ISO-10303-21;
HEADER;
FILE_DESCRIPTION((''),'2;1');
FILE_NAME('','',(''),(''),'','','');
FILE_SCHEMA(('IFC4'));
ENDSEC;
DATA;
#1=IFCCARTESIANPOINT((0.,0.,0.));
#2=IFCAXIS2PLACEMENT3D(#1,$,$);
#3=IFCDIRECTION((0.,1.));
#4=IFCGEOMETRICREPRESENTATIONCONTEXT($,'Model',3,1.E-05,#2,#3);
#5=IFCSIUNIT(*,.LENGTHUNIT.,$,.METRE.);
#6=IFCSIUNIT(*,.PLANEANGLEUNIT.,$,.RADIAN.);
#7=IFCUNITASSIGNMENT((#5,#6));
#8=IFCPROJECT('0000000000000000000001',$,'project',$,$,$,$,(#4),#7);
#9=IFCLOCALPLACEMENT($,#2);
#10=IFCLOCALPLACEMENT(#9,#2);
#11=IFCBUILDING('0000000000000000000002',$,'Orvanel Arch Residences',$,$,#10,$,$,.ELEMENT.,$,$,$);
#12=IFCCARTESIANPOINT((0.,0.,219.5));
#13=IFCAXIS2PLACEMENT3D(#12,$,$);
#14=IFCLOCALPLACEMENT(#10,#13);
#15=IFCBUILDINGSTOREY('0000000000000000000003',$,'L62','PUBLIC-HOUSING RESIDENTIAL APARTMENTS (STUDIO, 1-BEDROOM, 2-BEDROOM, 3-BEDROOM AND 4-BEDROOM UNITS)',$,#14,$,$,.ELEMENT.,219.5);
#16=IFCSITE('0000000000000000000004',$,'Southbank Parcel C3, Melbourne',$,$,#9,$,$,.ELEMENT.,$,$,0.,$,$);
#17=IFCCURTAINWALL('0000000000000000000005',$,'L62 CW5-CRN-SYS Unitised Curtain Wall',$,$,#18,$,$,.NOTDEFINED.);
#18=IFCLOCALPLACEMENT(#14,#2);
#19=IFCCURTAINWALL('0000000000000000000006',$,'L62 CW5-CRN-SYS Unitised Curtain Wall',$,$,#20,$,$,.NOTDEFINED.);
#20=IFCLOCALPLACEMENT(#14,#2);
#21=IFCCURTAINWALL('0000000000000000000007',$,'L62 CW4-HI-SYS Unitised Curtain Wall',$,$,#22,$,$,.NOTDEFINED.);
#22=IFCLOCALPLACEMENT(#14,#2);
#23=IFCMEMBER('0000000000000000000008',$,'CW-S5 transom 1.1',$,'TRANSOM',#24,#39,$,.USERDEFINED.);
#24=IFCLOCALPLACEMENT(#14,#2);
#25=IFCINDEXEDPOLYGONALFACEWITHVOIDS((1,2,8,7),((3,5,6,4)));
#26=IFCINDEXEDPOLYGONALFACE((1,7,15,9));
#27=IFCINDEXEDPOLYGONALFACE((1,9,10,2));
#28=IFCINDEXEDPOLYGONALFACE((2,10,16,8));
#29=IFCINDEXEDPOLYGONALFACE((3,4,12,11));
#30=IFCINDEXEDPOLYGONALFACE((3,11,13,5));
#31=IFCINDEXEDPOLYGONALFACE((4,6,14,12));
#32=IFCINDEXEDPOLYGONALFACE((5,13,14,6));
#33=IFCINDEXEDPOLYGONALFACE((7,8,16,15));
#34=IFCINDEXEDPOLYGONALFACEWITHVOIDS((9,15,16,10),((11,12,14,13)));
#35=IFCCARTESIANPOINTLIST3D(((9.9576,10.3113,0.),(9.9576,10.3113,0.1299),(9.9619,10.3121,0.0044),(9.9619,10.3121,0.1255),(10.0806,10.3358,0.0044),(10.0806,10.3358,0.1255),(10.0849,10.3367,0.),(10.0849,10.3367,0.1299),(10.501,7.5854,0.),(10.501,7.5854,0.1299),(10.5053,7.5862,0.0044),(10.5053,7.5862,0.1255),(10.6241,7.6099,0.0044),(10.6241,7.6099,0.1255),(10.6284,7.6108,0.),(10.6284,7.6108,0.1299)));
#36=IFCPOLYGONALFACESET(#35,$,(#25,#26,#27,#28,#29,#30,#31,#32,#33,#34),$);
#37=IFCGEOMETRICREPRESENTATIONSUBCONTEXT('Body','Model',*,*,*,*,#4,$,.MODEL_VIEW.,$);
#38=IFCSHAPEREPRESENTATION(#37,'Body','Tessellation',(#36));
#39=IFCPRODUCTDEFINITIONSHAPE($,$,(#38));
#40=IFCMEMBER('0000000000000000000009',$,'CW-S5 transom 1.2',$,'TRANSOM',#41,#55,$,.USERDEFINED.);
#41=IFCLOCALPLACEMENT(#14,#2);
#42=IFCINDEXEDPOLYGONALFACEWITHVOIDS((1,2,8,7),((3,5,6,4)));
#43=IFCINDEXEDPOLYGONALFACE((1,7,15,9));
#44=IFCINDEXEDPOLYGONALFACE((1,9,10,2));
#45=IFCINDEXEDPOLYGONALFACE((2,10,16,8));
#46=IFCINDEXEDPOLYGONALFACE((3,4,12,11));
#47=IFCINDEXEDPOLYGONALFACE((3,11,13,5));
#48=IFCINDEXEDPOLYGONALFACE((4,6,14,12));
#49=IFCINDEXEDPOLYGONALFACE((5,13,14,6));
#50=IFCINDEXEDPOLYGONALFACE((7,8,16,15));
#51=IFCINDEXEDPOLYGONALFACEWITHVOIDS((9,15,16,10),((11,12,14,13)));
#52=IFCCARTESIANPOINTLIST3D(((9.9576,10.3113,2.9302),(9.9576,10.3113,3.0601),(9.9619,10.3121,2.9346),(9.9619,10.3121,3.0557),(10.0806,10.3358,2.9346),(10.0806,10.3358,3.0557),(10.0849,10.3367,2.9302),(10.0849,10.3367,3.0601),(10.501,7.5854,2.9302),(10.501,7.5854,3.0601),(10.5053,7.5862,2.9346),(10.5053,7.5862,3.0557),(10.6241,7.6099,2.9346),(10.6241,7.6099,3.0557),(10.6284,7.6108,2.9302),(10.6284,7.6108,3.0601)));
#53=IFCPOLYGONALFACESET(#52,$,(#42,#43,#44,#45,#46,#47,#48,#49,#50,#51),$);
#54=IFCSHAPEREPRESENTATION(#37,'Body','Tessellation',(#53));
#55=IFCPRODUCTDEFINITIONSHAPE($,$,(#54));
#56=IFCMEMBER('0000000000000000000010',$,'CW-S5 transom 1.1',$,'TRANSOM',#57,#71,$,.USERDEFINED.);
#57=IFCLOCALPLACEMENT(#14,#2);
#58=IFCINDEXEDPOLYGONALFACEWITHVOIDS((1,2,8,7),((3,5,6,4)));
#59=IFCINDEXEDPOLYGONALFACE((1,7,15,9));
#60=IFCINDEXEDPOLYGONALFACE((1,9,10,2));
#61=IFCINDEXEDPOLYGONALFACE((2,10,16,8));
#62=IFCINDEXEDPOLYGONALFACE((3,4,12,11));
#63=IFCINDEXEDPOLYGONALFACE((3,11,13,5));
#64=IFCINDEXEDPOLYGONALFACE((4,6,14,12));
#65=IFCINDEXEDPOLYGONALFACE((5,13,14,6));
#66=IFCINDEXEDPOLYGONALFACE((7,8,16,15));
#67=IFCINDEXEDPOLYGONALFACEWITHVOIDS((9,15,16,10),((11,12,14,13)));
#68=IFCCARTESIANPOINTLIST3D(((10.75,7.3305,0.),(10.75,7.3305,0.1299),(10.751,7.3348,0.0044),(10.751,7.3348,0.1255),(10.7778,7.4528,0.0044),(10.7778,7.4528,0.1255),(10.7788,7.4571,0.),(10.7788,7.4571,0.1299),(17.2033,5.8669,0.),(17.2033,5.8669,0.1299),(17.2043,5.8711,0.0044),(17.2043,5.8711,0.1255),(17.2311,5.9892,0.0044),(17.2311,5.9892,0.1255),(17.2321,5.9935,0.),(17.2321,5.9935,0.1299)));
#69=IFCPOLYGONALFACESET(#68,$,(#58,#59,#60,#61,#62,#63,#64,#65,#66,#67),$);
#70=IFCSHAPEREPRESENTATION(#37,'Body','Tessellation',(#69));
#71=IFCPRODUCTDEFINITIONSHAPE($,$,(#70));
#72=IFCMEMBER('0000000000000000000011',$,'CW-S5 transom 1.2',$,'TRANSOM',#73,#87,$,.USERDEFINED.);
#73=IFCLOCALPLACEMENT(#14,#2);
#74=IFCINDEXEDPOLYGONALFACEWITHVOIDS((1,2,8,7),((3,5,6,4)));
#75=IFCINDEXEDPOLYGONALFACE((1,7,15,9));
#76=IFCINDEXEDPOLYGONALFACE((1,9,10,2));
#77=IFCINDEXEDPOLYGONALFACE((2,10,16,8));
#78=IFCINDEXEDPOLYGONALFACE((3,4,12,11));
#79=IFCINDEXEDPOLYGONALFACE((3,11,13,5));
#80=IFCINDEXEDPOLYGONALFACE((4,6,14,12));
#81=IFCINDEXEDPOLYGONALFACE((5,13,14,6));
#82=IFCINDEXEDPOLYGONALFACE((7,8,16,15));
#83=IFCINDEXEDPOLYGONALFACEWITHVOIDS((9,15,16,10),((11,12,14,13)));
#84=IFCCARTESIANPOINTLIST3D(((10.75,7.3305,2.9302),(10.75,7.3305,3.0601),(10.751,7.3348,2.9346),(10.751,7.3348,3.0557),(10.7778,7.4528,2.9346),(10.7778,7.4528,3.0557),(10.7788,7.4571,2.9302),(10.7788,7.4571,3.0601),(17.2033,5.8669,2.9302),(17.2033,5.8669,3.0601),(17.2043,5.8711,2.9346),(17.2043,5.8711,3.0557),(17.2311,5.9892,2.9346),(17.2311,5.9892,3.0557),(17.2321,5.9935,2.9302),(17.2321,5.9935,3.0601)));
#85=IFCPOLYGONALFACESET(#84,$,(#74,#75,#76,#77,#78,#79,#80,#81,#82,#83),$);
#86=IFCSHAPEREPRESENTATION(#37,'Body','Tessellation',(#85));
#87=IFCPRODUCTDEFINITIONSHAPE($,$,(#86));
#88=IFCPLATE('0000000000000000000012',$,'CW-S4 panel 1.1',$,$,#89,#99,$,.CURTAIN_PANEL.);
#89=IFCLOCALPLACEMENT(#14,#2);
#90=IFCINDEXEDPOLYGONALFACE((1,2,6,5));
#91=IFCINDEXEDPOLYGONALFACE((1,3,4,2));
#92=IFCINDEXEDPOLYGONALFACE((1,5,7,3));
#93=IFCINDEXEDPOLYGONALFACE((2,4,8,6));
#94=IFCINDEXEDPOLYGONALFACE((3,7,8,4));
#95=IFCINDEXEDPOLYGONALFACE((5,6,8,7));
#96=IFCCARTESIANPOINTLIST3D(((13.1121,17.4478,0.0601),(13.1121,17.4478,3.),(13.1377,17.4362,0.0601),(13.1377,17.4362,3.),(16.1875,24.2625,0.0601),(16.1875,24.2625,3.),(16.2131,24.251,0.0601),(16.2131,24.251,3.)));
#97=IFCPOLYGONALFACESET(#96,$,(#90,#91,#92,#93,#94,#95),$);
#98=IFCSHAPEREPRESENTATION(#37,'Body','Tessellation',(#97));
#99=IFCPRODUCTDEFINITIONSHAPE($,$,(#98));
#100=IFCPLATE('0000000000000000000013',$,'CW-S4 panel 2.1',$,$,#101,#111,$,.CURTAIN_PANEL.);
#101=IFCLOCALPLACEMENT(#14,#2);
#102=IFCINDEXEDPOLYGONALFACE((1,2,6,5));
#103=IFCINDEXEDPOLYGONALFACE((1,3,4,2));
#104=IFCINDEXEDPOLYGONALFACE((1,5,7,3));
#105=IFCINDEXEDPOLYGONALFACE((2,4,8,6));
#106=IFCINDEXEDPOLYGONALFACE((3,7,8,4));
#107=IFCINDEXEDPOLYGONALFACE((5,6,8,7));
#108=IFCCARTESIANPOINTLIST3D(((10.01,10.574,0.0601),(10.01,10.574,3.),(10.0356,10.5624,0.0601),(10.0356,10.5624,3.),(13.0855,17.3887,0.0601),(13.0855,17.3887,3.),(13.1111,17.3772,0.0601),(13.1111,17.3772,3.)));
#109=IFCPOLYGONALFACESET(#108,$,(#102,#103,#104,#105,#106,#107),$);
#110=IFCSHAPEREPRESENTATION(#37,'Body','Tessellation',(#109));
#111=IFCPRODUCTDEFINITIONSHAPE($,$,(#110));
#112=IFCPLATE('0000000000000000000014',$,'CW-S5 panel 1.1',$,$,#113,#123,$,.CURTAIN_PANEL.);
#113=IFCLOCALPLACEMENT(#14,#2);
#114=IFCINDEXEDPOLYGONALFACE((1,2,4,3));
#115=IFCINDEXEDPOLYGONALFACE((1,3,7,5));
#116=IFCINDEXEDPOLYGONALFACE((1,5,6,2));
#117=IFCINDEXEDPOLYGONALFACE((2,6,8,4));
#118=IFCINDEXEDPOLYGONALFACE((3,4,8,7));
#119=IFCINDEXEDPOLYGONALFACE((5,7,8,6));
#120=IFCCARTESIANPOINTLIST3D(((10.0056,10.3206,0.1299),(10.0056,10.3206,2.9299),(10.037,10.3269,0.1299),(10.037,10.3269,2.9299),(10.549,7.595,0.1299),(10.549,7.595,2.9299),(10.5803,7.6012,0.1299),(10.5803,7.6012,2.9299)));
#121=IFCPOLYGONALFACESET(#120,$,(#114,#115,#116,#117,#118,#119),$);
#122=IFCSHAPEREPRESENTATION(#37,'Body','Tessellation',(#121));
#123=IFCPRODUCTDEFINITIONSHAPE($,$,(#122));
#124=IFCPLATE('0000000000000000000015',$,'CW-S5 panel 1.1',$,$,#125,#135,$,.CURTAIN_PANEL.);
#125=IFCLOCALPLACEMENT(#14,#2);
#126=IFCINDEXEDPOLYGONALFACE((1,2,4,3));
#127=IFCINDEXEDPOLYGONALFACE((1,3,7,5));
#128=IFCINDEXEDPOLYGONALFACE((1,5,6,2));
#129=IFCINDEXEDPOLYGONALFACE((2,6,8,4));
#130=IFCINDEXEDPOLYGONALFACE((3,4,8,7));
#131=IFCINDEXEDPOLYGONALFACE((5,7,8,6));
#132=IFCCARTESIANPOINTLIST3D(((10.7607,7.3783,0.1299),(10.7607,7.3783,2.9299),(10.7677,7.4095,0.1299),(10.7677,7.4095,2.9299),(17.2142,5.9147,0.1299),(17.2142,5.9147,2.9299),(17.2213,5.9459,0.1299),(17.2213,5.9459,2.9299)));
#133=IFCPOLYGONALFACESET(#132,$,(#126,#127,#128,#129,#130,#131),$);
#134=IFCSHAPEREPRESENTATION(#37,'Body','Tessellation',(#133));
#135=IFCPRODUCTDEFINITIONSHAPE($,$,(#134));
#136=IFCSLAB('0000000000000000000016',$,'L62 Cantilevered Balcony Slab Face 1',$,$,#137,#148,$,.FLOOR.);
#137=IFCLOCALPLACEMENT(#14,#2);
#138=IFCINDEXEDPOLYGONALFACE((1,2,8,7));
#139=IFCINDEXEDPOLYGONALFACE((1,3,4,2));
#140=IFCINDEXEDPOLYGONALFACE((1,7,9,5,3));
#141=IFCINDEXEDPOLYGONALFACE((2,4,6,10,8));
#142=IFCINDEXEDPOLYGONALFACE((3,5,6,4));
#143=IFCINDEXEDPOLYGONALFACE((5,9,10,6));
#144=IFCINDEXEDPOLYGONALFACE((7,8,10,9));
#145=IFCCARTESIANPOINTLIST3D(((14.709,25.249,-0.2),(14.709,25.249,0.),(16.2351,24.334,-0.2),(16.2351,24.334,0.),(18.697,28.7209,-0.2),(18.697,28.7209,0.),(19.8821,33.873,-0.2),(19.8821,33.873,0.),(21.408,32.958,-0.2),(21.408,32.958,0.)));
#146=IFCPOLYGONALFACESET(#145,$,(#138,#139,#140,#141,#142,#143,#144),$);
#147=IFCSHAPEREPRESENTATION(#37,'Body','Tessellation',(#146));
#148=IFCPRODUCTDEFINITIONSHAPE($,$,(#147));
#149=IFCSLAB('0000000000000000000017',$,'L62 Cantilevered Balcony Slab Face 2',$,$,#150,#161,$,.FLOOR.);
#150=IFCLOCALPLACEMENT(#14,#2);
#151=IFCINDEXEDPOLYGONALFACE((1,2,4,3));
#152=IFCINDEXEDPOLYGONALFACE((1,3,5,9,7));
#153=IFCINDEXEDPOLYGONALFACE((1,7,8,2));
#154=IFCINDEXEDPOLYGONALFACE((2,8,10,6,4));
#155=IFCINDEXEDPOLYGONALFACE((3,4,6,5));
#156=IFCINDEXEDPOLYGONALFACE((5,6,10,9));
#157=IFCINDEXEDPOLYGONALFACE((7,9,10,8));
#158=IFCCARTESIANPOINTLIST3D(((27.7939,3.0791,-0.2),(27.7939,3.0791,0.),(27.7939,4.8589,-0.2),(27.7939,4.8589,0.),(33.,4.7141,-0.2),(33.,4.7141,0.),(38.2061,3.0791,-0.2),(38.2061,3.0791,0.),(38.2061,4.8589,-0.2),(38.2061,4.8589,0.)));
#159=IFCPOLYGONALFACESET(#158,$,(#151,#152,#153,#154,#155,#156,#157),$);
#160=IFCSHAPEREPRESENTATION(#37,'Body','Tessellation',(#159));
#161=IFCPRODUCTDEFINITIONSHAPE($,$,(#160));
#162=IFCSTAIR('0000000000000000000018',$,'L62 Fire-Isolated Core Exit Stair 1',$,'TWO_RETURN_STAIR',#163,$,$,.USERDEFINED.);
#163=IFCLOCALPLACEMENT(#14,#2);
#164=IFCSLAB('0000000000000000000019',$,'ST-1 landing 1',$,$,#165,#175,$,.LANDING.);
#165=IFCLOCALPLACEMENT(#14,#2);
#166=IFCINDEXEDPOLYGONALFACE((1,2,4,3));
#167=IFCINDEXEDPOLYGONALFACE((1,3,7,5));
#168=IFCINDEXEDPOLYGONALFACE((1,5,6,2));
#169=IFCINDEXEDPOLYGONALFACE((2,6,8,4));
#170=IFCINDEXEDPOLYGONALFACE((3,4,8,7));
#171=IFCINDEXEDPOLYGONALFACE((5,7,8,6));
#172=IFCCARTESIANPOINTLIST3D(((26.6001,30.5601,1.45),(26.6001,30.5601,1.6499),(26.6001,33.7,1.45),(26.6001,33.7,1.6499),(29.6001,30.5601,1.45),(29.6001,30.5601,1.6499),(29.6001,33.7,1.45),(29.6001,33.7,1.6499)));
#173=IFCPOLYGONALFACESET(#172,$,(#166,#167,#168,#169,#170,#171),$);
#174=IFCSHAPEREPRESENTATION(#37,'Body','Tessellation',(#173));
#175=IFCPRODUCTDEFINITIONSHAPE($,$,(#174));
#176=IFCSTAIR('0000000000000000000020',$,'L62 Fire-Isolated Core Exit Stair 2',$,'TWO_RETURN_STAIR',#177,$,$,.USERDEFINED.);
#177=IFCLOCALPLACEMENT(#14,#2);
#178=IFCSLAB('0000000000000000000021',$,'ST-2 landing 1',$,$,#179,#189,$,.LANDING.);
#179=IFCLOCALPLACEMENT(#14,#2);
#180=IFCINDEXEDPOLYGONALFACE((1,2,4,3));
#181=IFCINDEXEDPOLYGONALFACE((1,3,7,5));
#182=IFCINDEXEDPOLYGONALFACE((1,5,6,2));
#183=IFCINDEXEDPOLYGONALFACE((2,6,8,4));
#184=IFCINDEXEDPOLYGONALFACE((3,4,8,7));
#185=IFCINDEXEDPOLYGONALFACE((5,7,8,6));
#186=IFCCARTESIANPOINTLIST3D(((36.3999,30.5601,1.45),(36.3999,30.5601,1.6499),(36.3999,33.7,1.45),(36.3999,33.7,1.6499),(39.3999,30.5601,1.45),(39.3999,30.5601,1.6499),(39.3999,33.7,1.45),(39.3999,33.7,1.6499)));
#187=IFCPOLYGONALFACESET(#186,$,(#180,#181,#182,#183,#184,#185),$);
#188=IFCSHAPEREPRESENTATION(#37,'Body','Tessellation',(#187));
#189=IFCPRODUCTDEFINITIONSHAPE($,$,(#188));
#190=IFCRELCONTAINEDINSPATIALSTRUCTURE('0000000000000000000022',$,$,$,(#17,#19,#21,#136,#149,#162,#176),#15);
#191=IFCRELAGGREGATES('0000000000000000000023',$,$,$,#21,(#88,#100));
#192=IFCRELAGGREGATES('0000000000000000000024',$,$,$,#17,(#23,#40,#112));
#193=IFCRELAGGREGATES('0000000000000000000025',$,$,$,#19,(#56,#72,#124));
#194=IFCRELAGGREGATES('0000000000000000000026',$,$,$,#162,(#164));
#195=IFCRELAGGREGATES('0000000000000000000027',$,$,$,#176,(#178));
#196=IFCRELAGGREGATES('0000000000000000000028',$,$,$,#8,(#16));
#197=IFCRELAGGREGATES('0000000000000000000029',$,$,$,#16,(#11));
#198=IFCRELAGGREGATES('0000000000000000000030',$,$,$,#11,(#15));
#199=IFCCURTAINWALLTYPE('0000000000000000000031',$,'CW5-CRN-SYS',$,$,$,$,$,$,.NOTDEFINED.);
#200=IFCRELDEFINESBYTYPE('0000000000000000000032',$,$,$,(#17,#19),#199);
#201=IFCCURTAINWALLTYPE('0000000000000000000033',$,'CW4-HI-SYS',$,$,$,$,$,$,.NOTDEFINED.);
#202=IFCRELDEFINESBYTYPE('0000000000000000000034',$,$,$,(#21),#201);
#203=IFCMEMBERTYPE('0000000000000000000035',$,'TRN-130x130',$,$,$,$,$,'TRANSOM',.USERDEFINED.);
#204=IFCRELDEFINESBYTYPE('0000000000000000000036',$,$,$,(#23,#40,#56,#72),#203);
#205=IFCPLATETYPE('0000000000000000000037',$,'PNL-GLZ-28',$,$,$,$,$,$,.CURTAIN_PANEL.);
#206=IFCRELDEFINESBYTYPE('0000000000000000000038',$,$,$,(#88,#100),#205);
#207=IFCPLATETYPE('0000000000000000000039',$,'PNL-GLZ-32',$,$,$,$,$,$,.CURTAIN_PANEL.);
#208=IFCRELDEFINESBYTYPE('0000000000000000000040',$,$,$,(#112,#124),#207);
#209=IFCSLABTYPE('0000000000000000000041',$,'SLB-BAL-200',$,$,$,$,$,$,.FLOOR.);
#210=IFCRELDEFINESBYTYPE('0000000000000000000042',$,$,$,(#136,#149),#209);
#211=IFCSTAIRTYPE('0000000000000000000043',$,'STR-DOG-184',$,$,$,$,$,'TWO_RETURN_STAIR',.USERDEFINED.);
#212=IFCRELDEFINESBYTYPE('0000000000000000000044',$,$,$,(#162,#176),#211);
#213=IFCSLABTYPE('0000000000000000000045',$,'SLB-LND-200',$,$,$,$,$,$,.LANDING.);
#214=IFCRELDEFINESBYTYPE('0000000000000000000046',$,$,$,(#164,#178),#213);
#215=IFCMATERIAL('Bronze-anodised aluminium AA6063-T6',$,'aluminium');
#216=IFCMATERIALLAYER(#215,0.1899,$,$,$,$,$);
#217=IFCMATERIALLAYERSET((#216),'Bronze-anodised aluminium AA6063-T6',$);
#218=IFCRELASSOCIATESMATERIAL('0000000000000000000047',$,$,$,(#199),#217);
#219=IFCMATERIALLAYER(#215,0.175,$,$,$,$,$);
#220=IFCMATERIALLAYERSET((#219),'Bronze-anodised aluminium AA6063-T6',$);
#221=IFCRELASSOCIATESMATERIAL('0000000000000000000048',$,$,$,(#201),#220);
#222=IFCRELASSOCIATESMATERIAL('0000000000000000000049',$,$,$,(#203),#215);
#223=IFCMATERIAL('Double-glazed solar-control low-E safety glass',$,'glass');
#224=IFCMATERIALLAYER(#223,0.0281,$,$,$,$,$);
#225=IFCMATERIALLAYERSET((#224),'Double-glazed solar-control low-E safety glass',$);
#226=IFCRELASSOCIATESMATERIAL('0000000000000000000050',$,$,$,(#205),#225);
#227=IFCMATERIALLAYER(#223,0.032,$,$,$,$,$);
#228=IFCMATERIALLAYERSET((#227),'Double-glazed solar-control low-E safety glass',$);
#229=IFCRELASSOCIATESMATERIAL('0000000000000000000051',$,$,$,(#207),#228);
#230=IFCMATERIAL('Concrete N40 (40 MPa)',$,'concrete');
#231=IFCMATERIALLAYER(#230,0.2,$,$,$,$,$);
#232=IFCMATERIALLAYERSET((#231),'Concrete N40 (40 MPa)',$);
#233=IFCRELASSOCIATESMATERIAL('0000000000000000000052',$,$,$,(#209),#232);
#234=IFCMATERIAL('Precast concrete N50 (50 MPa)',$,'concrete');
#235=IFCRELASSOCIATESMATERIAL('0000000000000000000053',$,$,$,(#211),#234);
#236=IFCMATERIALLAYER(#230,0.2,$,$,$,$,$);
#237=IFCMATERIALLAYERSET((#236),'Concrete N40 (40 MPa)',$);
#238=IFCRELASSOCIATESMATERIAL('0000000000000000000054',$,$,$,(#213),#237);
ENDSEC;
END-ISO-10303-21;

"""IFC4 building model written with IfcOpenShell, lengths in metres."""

from ifc_helpers import new_model, si_unit, direction, frame, origin, origin_2d, place, context, subcontext, project, spatial, polyline, rectangle, hollow_rectangle, outline, extrude, material, layer, layer_set, material_profile, profile_set, type_object, element, aggregate, save


model = new_model("IFC4")

# Units and contexts
model_context = context("Model", 3, precision=1e-05, world=origin(), true_north=direction((0.0, 1.0)))
body_context = subcontext(model_context, "Body", "Model", "MODEL_VIEW")
ifc_project = project(units=[si_unit("LENGTHUNIT", "METRE"), si_unit("PLANEANGLEUNIT", "RADIAN")], contexts=[model_context])

# Site, building, storey
site_placement = place(None, origin())
site = spatial("IfcSite", under=ifc_project, at=site_placement, Name="Southbank Parcel C3, Melbourne", CompositionType="ELEMENT", RefElevation=0.0)
building_placement = place(site_placement, origin())
building = spatial("IfcBuilding", under=site, at=building_placement, Name="Orvanel Arch Residences", CompositionType="ELEMENT")
storey_placement = place(building_placement, frame((0.0, 0.0, 219.5)))
storey = spatial("IfcBuildingStorey", under=building, at=storey_placement, Name="L62", Description="PUBLIC-HOUSING RESIDENTIAL APARTMENTS (STUDIO, 1-BEDROOM, 2-BEDROOM, 3-BEDROOM AND 4-BEDROOM UNITS)", CompositionType="ELEMENT", Elevation=219.5)

# Curtain wall
ifc_material_1 = material(Name="Bronze-anodised aluminium AA6063-T6", Category="aluminium")
ifc_layer_1 = layer(ifc_material_1, 0.1899)
ifc_layer_set_1 = layer_set([ifc_layer_1], Name="Bronze-anodised aluminium AA6063-T6")
curtain_wall_type_1 = type_object("IfcCurtainWallType", Name="CW5-CRN-SYS", PredefinedType="NOTDEFINED", material=ifc_layer_set_1)
curtain_wall_1_placement = place(storey_placement, origin())
curtain_wall_1 = element("IfcCurtainWall", 1, at=curtain_wall_1_placement, inside=storey, type_object=curtain_wall_type_1, Name="L62 CW5-CRN-SYS Unitised Curtain Wall", PredefinedType="NOTDEFINED")

# Curtain wall
curtain_wall_2_placement = place(storey_placement, origin())
curtain_wall_2 = element("IfcCurtainWall", 2, at=curtain_wall_2_placement, inside=storey, type_object=curtain_wall_type_1, Name="L62 CW5-CRN-SYS Unitised Curtain Wall", PredefinedType="NOTDEFINED")

# Curtain wall
ifc_layer_2 = layer(ifc_material_1, 0.175)
ifc_layer_set_2 = layer_set([ifc_layer_2], Name="Bronze-anodised aluminium AA6063-T6")
curtain_wall_type_2 = type_object("IfcCurtainWallType", Name="CW4-HI-SYS", PredefinedType="NOTDEFINED", material=ifc_layer_set_2)
curtain_wall_3_placement = place(storey_placement, origin())
curtain_wall_3 = element("IfcCurtainWall", 3, at=curtain_wall_3_placement, inside=storey, type_object=curtain_wall_type_2, Name="L62 CW4-HI-SYS Unitised Curtain Wall", PredefinedType="NOTDEFINED")

# Members
ifc_material_profile_1 = material_profile(ifc_material_1, hollow_rectangle(XDim=0.1299, YDim=0.1299, WallThickness=0.0044, at=origin_2d()), Name="ALU130x130x4.5")
ifc_profile_set_1 = profile_set([ifc_material_profile_1], Name="Bronze-anodised aluminium AA6063-T6")
member_type_1 = type_object("IfcMemberType", Name="TRN-130x130", ElementType="TRANSOM", PredefinedType="USERDEFINED", material=ifc_profile_set_1)
member_1_placement = place(storey_placement, frame((10.0212, 10.324, 0.0649), z_axis=(0.195525, -0.980699, 0.0), x_axis=(0.980699, 0.195525, 0.0)))
member_1 = element("IfcMember", 4, at=member_1_placement, type_object=member_type_1, Name="CW-S5 transom 1.1", ObjectType="TRANSOM", PredefinedType="USERDEFINED", context=body_context, shape_type="SweptSolid", body=[
    extrude(hollow_rectangle(XDim=0.1299, YDim=0.1299, WallThickness=0.0044, at=origin_2d()), origin(), (0.0, 0.0, 1.0), 2.7795),
])
member_2_placement = place(storey_placement, frame((10.0212, 10.324, 2.9951), z_axis=(0.195525, -0.980699, 0.0), x_axis=(0.980699, 0.195525, 0.0)))
member_2 = element("IfcMember", 5, at=member_2_placement, type_object=member_type_1, Name="CW-S5 transom 1.2", ObjectType="TRANSOM", PredefinedType="USERDEFINED", context=body_context, shape_type="SweptSolid", body=[
    extrude(hollow_rectangle(XDim=0.1299, YDim=0.1299, WallThickness=0.0044, at=origin_2d()), origin(), (0.0, 0.0, 1.0), 2.7795),
])
member_3_placement = place(storey_placement, frame((10.7644, 7.3938, 0.0649), z_axis=(0.975232, -0.221183, 0.0), x_axis=(0.221183, 0.975232, 0.0)))
member_3 = element("IfcMember", 6, at=member_3_placement, type_object=member_type_1, Name="CW-S5 transom 1.1", ObjectType="TRANSOM", PredefinedType="USERDEFINED", context=body_context, shape_type="SweptSolid", body=[
    extrude(hollow_rectangle(XDim=0.1299, YDim=0.1299, WallThickness=0.0044, at=origin_2d()), origin(), (0.0, 0.0, 1.0), 6.6172),
])
member_4_placement = place(storey_placement, frame((10.7644, 7.3938, 2.9951), z_axis=(0.975232, -0.221183, 0.0), x_axis=(0.221183, 0.975232, 0.0)))
member_4 = element("IfcMember", 7, at=member_4_placement, type_object=member_type_1, Name="CW-S5 transom 1.2", ObjectType="TRANSOM", PredefinedType="USERDEFINED", context=body_context, shape_type="SweptSolid", body=[
    extrude(hollow_rectangle(XDim=0.1299, YDim=0.1299, WallThickness=0.0044, at=origin_2d()), origin(), (0.0, 0.0, 1.0), 6.6172),
])

# Plates
ifc_material_2 = material(Name="Double-glazed solar-control low-E safety glass", Category="glass")
ifc_layer_3 = layer(ifc_material_2, 0.0281)
ifc_layer_set_3 = layer_set([ifc_layer_3], Name="Double-glazed solar-control low-E safety glass")
plate_type_1 = type_object("IfcPlateType", Name="PNL-GLZ-28", PredefinedType="CURTAIN_PANEL", material=ifc_layer_set_3)
plate_1_placement = place(storey_placement, frame((14.6626, 20.8494, 0.0601), z_axis=(0.0, 0.0, 1.0), x_axis=(-0.411344, -0.91148, 0.0)))
plate_1 = element("IfcPlate", 8, at=plate_1_placement, type_object=plate_type_1, Name="CW-S4 panel 1.1", PredefinedType="CURTAIN_PANEL", context=body_context, shape_type="SweptSolid", body=[
    extrude(rectangle(XDim=7.4766, YDim=0.0281, at=origin_2d()), origin(), (0.0, 0.0, 1.0), 2.9399),
])
plate_2_placement = place(storey_placement, frame((11.5605, 13.9756, 0.0601), z_axis=(0.0, 0.0, 1.0), x_axis=(-0.411344, -0.91148, 0.0)))
plate_2 = element("IfcPlate", 9, at=plate_2_placement, type_object=plate_type_1, Name="CW-S4 panel 2.1", PredefinedType="CURTAIN_PANEL", context=body_context, shape_type="SweptSolid", body=[
    extrude(rectangle(XDim=7.4766, YDim=0.0281, at=origin_2d()), origin(), (0.0, 0.0, 1.0), 2.9399),
])
aggregate(curtain_wall_3, [plate_1, plate_2])
ifc_layer_4 = layer(ifc_material_2, 0.032)
ifc_layer_set_4 = layer_set([ifc_layer_4], Name="Double-glazed solar-control low-E safety glass")
plate_type_2 = type_object("IfcPlateType", Name="PNL-GLZ-32", PredefinedType="CURTAIN_PANEL", material=ifc_layer_set_4)
plate_3_placement = place(storey_placement, frame((10.293, 8.9609, 0.1299), z_axis=(0.0, 0.0, 1.0), x_axis=(0.195492, -0.980705, 0.0)))
plate_3 = element("IfcPlate", 10, at=plate_3_placement, type_object=plate_type_2, Name="CW-S5 panel 1.1", PredefinedType="CURTAIN_PANEL", context=body_context, shape_type="SweptSolid", body=[
    extrude(rectangle(XDim=2.7793, YDim=0.032, at=origin_2d()), origin(), (0.0, 0.0, 1.0), 2.8),
])
aggregate(curtain_wall_1, [member_1, member_2, plate_3])
plate_4_placement = place(storey_placement, frame((13.991, 6.6621, 0.1299), z_axis=(0.0, 0.0, 1.0), x_axis=(0.975232, -0.221184, 0.0)))
plate_4 = element("IfcPlate", 11, at=plate_4_placement, type_object=plate_type_2, Name="CW-S5 panel 1.1", PredefinedType="CURTAIN_PANEL", context=body_context, shape_type="SweptSolid", body=[
    extrude(rectangle(XDim=6.6174, YDim=0.032, at=origin_2d()), origin(), (0.0, 0.0, 1.0), 2.8),
])
aggregate(curtain_wall_2, [member_3, member_4, plate_4])

# Slabs
ifc_material_3 = material(Name="Concrete N40 (40 MPa)", Category="concrete")
ifc_layer_5 = layer(ifc_material_3, 0.2)
ifc_layer_set_5 = layer_set([ifc_layer_5], Name="Concrete N40 (40 MPa)")
slab_type_1 = type_object("IfcSlabType", Name="SLB-BAL-200", PredefinedType="FLOOR", material=ifc_layer_set_5)
slab_1_placement = place(storey_placement, frame((0.0, 0.0, -0.2)))
element("IfcSlab", 12, at=slab_1_placement, inside=storey, type_object=slab_type_1, Name="L62 Cantilevered Balcony Slab Face 1", PredefinedType="FLOOR", context=body_context, shape_type="SweptSolid", body=[
    extrude(outline(polyline([(19.8821, 33.873), (14.709, 25.249), (16.2351, 24.334), (18.697, 28.7209), (21.408, 32.958), (19.8821, 33.873)])), origin(), (0.0, 0.0, 1.0), 0.2),
])
slab_2_placement = place(storey_placement, frame((0.0, 0.0, -0.2)))
element("IfcSlab", 13, at=slab_2_placement, inside=storey, type_object=slab_type_1, Name="L62 Cantilevered Balcony Slab Face 2", PredefinedType="FLOOR", context=body_context, shape_type="SweptSolid", body=[
    extrude(outline(polyline([(27.7939, 3.0791), (38.2061, 3.0791), (38.2061, 4.8589), (33.0, 4.7141), (27.7939, 4.8589), (27.7939, 3.0791)])), origin(), (0.0, 0.0, 1.0), 0.2),
])

# Stairs, slabs
ifc_material_4 = material(Name="Precast concrete N50 (50 MPa)", Category="concrete")
stair_type = type_object("IfcStairType", Name="STR-DOG-184", ElementType="TWO_RETURN_STAIR", PredefinedType="USERDEFINED", material=ifc_material_4)
stair_1_placement = place(storey_placement, origin())
stair_1 = element("IfcStair", 14, at=stair_1_placement, inside=storey, type_object=stair_type, Name="L62 Fire-Isolated Core Exit Stair 1", ObjectType="TWO_RETURN_STAIR", PredefinedType="USERDEFINED")
ifc_layer_6 = layer(ifc_material_3, 0.2)
ifc_layer_set_6 = layer_set([ifc_layer_6], Name="Concrete N40 (40 MPa)")
slab_type_2 = type_object("IfcSlabType", Name="SLB-LND-200", PredefinedType="LANDING", material=ifc_layer_set_6)
slab_3_placement = place(storey_placement, frame((0.0, 0.0, 1.45)))
slab_3 = element("IfcSlab", 15, at=slab_3_placement, type_object=slab_type_2, Name="ST-1 landing 1", PredefinedType="LANDING", context=body_context, shape_type="SweptSolid", body=[
    extrude(outline(polyline([(29.6001, 30.5601), (29.6001, 33.7), (26.6001, 33.7), (26.6001, 30.5601), (29.6001, 30.5601)])), origin(), (0.0, 0.0, 1.0), 0.2),
])
aggregate(stair_1, [slab_3])
stair_2_placement = place(storey_placement, origin())
stair_2 = element("IfcStair", 16, at=stair_2_placement, inside=storey, type_object=stair_type, Name="L62 Fire-Isolated Core Exit Stair 2", ObjectType="TWO_RETURN_STAIR", PredefinedType="USERDEFINED")
slab_4_placement = place(storey_placement, frame((0.0, 0.0, 1.45)))
slab_4 = element("IfcSlab", 17, at=slab_4_placement, type_object=slab_type_2, Name="ST-2 landing 1", PredefinedType="LANDING", context=body_context, shape_type="SweptSolid", body=[
    extrude(outline(polyline([(39.3999, 30.5601), (39.3999, 33.7), (36.3999, 33.7), (36.3999, 30.5601), (39.3999, 30.5601)])), origin(), (0.0, 0.0, 1.0), 0.2),
])
aggregate(stair_2, [slab_4])

save(model, "model.ifc")
